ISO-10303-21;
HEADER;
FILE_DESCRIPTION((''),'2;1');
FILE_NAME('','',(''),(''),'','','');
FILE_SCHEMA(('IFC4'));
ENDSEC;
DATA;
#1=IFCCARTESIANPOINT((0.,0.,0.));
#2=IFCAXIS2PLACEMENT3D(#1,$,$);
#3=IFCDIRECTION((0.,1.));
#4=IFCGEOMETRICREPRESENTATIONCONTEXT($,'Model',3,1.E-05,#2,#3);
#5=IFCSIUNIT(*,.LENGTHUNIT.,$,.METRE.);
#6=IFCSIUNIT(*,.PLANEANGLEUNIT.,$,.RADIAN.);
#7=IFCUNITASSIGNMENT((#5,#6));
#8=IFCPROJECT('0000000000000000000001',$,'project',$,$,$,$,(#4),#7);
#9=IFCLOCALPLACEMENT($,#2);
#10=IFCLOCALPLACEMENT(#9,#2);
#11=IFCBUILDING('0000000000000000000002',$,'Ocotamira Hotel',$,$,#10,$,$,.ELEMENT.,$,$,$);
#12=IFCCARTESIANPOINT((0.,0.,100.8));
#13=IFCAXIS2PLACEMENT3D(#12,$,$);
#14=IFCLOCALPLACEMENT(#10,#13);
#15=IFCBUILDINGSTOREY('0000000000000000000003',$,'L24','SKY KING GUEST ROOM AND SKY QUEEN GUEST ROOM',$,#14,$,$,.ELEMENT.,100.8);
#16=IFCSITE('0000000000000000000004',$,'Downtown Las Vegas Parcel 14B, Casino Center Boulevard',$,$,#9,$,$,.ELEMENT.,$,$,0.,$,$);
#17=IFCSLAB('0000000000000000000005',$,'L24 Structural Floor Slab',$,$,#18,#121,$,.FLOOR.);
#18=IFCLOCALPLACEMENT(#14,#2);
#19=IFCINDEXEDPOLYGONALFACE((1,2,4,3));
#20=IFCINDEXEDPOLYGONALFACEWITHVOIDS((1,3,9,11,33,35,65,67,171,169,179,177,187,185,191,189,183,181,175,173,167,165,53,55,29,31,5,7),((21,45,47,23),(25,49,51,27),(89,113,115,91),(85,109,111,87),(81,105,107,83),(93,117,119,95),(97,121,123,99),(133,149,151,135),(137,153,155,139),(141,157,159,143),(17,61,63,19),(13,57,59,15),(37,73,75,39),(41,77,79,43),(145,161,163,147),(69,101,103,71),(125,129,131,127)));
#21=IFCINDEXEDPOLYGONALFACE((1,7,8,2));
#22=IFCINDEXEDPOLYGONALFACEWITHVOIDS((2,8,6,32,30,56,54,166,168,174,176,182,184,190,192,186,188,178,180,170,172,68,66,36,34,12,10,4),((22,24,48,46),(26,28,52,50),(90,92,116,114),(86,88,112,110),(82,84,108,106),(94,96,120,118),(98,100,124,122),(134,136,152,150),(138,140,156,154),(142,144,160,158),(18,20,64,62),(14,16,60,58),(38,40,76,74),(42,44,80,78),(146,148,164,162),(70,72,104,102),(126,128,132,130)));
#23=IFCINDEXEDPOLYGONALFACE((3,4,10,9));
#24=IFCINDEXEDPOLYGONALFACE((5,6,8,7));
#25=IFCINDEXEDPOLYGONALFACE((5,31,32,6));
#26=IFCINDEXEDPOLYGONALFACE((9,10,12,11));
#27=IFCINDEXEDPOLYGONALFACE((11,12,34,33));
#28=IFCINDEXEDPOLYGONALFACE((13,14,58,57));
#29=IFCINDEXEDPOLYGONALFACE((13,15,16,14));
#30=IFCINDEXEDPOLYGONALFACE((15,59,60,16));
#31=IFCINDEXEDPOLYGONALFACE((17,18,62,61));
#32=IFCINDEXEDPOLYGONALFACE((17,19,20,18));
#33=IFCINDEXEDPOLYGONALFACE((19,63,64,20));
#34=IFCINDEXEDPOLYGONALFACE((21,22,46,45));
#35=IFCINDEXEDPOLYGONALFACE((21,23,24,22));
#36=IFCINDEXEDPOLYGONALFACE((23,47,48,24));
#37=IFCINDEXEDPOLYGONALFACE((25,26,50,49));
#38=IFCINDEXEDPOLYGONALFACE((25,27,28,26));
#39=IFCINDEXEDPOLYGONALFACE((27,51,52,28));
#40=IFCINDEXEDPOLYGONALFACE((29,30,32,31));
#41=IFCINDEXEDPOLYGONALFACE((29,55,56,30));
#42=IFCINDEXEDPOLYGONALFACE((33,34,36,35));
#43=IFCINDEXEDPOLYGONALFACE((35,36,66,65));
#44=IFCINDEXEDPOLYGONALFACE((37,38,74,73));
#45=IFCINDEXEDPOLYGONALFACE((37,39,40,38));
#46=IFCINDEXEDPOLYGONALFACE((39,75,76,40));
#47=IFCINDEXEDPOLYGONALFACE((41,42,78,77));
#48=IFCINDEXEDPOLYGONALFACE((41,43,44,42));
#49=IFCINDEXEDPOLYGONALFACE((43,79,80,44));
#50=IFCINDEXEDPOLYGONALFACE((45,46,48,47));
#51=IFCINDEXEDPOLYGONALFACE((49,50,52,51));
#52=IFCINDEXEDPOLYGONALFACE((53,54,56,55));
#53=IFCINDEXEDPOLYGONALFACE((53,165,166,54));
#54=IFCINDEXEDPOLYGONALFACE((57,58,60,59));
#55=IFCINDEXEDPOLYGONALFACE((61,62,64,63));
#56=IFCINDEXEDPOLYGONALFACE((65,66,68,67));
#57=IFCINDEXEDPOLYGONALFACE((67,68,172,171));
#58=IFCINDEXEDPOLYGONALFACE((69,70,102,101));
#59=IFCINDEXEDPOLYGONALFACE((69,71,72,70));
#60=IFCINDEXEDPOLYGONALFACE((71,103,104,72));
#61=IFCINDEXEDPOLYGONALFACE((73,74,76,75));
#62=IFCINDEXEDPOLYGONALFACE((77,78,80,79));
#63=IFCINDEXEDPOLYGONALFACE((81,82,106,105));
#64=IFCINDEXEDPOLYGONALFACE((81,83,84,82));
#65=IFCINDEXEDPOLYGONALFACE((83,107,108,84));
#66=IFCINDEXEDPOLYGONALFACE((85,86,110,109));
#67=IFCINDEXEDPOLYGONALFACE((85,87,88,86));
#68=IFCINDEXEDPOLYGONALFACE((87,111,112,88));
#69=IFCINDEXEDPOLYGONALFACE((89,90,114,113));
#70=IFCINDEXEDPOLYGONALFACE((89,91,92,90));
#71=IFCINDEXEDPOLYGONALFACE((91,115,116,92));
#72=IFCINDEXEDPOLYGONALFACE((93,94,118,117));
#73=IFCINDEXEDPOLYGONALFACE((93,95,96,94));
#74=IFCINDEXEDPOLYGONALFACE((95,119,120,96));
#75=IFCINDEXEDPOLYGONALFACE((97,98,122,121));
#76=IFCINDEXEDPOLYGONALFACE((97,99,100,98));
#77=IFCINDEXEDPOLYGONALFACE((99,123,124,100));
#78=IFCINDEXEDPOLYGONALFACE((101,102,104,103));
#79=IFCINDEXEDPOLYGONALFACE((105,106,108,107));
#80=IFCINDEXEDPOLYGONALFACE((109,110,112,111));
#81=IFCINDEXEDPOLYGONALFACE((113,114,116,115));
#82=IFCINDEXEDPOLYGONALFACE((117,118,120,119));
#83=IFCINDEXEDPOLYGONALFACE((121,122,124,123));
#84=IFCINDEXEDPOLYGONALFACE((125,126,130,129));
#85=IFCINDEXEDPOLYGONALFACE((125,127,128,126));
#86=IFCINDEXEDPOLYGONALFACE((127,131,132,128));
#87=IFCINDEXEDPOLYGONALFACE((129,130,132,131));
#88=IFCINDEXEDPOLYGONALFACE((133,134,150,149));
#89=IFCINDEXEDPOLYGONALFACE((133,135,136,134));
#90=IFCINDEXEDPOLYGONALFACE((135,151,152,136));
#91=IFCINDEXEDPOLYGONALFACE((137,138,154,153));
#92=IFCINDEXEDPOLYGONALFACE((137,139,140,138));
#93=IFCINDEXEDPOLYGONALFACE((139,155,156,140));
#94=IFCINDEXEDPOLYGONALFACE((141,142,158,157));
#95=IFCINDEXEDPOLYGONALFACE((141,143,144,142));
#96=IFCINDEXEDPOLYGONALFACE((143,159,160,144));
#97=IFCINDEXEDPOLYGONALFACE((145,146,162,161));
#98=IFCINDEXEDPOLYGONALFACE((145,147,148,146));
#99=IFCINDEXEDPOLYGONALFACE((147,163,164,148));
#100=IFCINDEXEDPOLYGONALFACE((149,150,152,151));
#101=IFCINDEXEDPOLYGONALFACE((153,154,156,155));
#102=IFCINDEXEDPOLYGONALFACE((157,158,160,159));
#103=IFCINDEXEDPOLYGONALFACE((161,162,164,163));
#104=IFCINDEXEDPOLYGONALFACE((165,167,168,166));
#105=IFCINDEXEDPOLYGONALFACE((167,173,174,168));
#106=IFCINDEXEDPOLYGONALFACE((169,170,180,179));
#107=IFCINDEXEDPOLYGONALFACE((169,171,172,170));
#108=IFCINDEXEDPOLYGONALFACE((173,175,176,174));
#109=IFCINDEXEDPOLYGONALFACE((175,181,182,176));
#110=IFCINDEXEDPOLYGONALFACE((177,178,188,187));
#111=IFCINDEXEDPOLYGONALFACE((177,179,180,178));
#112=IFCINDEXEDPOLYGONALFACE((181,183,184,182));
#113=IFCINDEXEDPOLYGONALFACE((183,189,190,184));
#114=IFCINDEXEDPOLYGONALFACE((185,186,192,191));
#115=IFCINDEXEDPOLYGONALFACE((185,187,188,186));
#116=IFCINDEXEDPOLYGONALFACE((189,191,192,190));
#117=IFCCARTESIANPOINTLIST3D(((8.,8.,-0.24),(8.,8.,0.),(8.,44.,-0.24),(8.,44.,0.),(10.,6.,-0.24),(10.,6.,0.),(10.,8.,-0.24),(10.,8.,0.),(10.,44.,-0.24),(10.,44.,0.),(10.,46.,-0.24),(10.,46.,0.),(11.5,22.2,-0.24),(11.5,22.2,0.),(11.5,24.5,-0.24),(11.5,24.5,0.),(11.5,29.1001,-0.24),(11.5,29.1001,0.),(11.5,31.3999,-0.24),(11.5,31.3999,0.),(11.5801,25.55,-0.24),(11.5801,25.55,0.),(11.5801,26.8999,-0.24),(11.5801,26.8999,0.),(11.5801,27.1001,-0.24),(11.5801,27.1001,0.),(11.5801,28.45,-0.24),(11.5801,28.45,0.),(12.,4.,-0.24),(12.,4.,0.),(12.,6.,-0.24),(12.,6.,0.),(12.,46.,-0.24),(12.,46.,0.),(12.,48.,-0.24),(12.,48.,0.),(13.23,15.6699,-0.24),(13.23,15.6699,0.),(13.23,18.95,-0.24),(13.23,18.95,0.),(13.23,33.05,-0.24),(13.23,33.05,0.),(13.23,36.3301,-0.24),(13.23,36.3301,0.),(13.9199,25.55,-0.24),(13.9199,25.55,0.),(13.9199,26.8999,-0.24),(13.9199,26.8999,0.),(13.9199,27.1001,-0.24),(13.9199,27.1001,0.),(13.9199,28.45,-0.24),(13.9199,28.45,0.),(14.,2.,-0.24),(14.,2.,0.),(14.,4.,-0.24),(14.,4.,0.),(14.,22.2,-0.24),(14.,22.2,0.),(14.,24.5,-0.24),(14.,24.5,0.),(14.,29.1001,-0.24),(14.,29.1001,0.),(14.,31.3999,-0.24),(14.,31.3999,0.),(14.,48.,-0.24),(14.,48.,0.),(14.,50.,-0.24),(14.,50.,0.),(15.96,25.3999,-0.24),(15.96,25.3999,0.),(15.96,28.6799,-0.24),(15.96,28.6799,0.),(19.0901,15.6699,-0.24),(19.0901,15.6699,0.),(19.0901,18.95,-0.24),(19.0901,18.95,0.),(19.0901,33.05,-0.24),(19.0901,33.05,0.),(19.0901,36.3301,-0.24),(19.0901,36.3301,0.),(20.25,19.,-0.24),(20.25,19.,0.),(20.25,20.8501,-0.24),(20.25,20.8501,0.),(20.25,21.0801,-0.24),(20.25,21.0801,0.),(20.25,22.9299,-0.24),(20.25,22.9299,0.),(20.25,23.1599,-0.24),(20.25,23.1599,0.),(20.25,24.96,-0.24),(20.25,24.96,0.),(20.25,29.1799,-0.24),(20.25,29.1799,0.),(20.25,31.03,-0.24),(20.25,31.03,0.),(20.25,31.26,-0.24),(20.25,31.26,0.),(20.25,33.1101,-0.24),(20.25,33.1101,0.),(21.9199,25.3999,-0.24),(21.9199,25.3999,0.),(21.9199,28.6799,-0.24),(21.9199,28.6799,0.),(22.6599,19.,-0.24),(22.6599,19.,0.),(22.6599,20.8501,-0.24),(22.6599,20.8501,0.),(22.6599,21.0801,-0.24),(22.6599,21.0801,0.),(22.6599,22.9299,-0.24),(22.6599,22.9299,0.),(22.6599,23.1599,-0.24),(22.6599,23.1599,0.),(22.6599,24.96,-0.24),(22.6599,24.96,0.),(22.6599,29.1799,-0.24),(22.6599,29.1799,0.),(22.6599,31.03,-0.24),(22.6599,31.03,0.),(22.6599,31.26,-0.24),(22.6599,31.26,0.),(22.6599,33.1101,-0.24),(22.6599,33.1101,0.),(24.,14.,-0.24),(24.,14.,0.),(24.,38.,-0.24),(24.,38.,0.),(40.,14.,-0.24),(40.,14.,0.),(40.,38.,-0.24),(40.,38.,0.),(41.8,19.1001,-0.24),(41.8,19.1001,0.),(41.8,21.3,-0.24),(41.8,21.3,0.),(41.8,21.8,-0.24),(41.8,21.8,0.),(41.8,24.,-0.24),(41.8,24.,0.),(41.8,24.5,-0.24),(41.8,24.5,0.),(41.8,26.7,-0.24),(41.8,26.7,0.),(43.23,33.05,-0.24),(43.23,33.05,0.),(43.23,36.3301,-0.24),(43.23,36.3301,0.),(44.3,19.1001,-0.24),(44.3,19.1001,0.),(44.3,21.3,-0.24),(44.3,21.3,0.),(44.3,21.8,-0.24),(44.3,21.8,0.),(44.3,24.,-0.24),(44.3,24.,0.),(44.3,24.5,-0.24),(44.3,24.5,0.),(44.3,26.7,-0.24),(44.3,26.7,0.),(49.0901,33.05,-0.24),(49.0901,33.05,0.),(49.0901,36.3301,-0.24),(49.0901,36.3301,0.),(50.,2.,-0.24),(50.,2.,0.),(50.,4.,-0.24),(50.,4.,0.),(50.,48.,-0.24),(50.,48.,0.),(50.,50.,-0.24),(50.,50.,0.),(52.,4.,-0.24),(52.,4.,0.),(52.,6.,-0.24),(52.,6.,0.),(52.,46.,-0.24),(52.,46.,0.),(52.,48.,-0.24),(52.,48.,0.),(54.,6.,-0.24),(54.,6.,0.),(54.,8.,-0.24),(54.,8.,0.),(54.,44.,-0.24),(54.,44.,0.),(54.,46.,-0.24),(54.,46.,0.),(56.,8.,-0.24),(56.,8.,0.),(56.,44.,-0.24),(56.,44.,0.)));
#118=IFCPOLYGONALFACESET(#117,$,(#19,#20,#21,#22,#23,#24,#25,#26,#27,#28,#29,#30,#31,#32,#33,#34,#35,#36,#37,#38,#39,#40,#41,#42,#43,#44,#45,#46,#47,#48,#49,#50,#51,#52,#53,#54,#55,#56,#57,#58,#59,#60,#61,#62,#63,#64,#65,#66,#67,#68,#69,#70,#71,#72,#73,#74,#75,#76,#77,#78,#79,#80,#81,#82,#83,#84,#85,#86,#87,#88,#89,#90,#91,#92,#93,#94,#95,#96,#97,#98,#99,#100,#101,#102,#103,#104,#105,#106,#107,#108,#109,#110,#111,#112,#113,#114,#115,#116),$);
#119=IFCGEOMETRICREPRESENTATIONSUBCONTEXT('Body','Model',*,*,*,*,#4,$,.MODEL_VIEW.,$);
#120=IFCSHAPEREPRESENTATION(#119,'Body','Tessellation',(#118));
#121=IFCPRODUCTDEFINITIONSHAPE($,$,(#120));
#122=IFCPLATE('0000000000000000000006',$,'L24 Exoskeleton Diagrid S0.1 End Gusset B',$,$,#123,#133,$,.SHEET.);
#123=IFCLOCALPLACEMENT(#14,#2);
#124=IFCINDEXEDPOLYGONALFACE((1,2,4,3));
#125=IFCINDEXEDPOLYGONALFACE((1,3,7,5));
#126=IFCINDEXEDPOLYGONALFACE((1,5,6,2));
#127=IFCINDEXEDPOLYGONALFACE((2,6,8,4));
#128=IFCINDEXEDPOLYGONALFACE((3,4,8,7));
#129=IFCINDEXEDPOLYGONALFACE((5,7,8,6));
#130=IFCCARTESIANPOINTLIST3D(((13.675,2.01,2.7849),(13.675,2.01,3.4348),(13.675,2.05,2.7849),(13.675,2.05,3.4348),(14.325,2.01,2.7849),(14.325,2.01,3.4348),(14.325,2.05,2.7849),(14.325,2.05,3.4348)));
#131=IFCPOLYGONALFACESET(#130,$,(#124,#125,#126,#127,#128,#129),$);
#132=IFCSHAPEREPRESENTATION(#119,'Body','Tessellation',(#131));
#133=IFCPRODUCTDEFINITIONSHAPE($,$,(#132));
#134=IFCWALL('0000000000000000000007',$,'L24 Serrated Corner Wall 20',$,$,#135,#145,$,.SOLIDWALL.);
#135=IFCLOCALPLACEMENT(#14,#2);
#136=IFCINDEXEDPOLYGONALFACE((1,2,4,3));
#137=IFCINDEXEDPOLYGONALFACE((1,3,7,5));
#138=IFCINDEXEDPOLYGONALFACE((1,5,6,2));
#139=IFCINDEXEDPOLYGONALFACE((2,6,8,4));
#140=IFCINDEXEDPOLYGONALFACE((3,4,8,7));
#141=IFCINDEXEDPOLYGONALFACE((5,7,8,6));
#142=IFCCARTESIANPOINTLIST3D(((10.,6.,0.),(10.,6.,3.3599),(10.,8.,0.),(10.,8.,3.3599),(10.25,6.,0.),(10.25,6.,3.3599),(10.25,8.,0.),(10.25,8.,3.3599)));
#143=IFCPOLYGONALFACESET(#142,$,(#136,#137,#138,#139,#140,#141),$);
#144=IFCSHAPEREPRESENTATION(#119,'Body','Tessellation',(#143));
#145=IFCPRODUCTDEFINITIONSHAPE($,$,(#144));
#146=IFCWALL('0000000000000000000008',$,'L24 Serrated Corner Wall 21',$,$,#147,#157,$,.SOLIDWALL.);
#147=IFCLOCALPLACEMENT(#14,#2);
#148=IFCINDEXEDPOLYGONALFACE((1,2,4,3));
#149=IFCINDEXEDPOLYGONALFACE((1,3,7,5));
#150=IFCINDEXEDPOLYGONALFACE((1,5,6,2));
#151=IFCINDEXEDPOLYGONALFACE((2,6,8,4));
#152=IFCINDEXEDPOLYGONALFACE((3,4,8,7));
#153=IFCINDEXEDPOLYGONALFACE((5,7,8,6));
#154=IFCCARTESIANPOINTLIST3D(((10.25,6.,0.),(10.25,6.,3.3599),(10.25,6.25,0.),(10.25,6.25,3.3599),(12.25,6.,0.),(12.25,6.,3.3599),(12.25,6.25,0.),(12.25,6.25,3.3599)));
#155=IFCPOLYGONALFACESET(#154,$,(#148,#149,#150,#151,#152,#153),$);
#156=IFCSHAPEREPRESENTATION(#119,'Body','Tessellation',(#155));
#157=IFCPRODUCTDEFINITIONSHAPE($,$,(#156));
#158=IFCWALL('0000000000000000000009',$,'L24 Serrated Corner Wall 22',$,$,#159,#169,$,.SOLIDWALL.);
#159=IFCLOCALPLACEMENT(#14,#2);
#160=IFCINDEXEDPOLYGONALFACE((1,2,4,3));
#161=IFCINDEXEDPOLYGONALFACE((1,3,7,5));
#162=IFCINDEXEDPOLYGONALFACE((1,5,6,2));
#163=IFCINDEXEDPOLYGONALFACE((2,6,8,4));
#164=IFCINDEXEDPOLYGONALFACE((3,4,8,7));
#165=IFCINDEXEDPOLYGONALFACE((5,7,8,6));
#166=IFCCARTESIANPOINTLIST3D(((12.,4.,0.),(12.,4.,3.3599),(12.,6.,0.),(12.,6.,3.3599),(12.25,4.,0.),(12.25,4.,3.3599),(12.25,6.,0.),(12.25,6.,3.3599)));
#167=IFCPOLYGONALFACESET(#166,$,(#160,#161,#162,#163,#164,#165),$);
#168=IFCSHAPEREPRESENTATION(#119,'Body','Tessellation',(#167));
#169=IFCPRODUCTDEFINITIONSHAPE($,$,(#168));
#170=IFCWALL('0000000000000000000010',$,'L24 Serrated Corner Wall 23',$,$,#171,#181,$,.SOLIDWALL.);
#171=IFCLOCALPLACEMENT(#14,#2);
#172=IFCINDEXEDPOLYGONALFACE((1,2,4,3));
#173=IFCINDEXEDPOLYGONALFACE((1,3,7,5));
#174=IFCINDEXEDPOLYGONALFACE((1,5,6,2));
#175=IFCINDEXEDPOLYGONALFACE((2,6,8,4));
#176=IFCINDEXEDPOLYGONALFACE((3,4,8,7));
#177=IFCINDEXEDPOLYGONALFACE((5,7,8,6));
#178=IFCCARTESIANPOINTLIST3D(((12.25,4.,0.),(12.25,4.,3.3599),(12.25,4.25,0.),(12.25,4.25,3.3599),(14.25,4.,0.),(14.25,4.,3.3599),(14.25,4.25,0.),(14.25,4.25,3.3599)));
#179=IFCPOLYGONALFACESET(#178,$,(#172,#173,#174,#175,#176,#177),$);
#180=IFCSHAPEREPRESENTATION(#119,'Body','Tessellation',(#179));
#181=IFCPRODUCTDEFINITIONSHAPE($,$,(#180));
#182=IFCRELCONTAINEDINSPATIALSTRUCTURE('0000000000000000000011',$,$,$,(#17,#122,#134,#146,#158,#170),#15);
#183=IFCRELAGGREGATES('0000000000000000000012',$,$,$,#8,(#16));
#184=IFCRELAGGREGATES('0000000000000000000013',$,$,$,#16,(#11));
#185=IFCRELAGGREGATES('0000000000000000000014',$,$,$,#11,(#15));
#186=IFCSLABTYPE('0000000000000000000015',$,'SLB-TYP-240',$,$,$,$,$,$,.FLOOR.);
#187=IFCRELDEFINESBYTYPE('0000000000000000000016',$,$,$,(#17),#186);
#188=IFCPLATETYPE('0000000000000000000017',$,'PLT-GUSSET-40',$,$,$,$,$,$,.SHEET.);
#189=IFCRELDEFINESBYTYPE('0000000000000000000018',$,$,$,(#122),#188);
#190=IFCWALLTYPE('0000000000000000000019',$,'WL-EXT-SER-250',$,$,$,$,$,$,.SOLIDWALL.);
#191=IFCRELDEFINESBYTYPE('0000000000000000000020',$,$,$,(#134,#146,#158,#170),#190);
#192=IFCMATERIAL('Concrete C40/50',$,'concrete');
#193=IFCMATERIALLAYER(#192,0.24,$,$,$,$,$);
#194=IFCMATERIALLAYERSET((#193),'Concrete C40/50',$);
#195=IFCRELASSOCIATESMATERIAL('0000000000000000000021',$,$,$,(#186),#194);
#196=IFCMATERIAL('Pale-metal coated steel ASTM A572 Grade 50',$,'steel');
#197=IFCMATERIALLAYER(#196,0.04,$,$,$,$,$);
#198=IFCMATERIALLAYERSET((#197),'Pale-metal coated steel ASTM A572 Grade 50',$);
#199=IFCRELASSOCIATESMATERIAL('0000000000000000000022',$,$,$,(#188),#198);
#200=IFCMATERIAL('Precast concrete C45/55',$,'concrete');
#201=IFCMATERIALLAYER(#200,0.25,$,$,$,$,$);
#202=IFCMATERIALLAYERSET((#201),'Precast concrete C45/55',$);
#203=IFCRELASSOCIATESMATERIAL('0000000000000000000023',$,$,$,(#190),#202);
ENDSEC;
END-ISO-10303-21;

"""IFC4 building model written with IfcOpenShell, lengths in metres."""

from ifc_helpers import new_model, si_unit, direction, frame, frame_2d, origin, origin_2d, place, context, subcontext, project, spatial, polyline, rectangle, outline, extrude, source, transform, mapped, material, layer, layer_set, type_object, element, save


model = new_model("IFC4")

# Units and contexts
model_context = context("Model", 3, precision=1e-05, world=origin(), true_north=direction((0.0, 1.0)))
body_context = subcontext(model_context, "Body", "Model", "MODEL_VIEW")
ifc_project = project(units=[si_unit("LENGTHUNIT", "METRE"), si_unit("PLANEANGLEUNIT", "RADIAN")], contexts=[model_context])

# Site, building, storey
site_placement = place(None, origin())
site = spatial("IfcSite", under=ifc_project, at=site_placement, Name="Downtown Las Vegas Parcel 14B, Casino Center Boulevard", CompositionType="ELEMENT", RefElevation=0.0)
building_placement = place(site_placement, origin())
building = spatial("IfcBuilding", under=site, at=building_placement, Name="Ocotamira Hotel", CompositionType="ELEMENT")
storey_placement = place(building_placement, frame((0.0, 0.0, 100.8)))
storey = spatial("IfcBuildingStorey", under=building, at=storey_placement, Name="L24", Description="SKY KING GUEST ROOM AND SKY QUEEN GUEST ROOM", CompositionType="ELEMENT", Elevation=100.8)

# Shared definitions
ifc_material_1 = material(Name="Concrete C40/50", Category="concrete")

# Slab
ifc_layer_1 = layer(ifc_material_1, 0.24)
ifc_layer_set_1 = layer_set([ifc_layer_1], Name="Concrete C40/50")
slab_type_1 = type_object("IfcSlabType", Name="SLB-TYP-240", PredefinedType="FLOOR", material=ifc_layer_set_1)
slab_1_placement = place(storey_placement, frame((0.0, 0.0, -0.24)))
element("IfcSlab", 1, at=slab_1_placement, inside=storey, type_object=slab_type_1, Name="L24 Structural Floor Slab", PredefinedType="FLOOR", context=body_context, shape_type="SweptSolid", body=[
    extrude(outline(polyline([(14.0, 2.0), (50.0, 2.0), (50.0, 4.0), (52.0, 4.0), (52.0, 6.0), (54.0, 6.0), (54.0, 8.0), (56.0, 8.0), (56.0, 44.0), (54.0, 44.0), (54.0, 46.0), (52.0, 46.0), (52.0, 48.0), (50.0, 48.0), (50.0, 50.0), (14.0, 50.0), (14.0, 48.0), (12.0, 48.0), (12.0, 46.0), (10.0, 46.0), (10.0, 44.0), (8.0, 44.0), (8.0, 8.0), (10.0, 8.0), (10.0, 6.0), (12.0, 6.0), (12.0, 4.0), (14.0, 4.0), (14.0, 2.0)]), holes=[polyline([(24.0, 14.0), (40.0, 14.0), (40.0, 38.0), (24.0, 38.0), (24.0, 14.0)]), polyline([(13.23, 15.6699), (19.0901, 15.6699), (19.0901, 18.95), (13.23, 18.95), (13.23, 15.6699)]), polyline([(13.23, 33.05), (19.0901, 33.05), (19.0901, 36.3301), (13.23, 36.3301), (13.23, 33.05)]), polyline([(15.96, 25.3999), (21.9199, 25.3999), (21.9199, 28.6799), (15.96, 28.6799), (15.96, 25.3999)]), polyline([(43.23, 33.05), (49.0901, 33.05), (49.0901, 36.3301), (43.23, 36.3301), (43.23, 33.05)]), polyline([(41.8, 19.1001), (44.3, 19.1001), (44.3, 21.3), (41.8, 21.3), (41.8, 19.1001)]), polyline([(41.8, 21.8), (44.3, 21.8), (44.3, 24.0), (41.8, 24.0), (41.8, 21.8)]), polyline([(41.8, 24.5), (44.3, 24.5), (44.3, 26.7), (41.8, 26.7), (41.8, 24.5)]), polyline([(20.25, 19.0), (22.6599, 19.0), (22.6599, 20.8501), (20.25, 20.8501), (20.25, 19.0)]), polyline([(20.25, 21.0801), (22.6599, 21.0801), (22.6599, 22.9299), (20.25, 22.9299), (20.25, 21.0801)]), polyline([(20.25, 23.1599), (22.6599, 23.1599), (22.6599, 24.96), (20.25, 24.96), (20.25, 23.1599)]), polyline([(20.25, 29.1799), (22.6599, 29.1799), (22.6599, 31.03), (20.25, 31.03), (20.25, 29.1799)]), polyline([(20.25, 31.26), (22.6599, 31.26), (22.6599, 33.1101), (20.25, 33.1101), (20.25, 31.26)]), polyline([(11.5, 22.2), (14.0, 22.2), (14.0, 24.5), (11.5, 24.5), (11.5, 22.2)]), polyline([(11.5, 29.1001), (14.0, 29.1001), (14.0, 31.3999), (11.5, 31.3999), (11.5, 29.1001)]), polyline([(11.5801, 25.55), (13.9199, 25.55), (13.9199, 26.8999), (11.5801, 26.8999), (11.5801, 25.55)]), polyline([(11.5801, 27.1001), (13.9199, 27.1001), (13.9199, 28.45), (11.5801, 28.45), (11.5801, 27.1001)])]), origin(), (0.0, 0.0, 1.0), 0.24),
])

# Plate
ifc_material_2 = material(Name="Pale-metal coated steel ASTM A572 Grade 50", Category="steel")
ifc_layer_2 = layer(ifc_material_2, 0.04)
ifc_layer_set_2 = layer_set([ifc_layer_2], Name="Pale-metal coated steel ASTM A572 Grade 50")
plate_type = type_object("IfcPlateType", Name="PLT-GUSSET-40", PredefinedType="SHEET", material=ifc_layer_set_2)
shared_shape_1 = source(origin(), body_context, "Body", "SweptSolid", [
    extrude(rectangle(XDim=0.6499, YDim=0.04, at=origin_2d()), origin(), (0.0, 0.0, 1.0), 0.6499),
])
plate_placement = place(storey_placement, frame((14.0, 2.03, 2.7849), z_axis=(0.0, 0.0, 1.0), x_axis=(-1.0, 0.0, 0.0)))
element("IfcPlate", 2, at=plate_placement, inside=storey, type_object=plate_type, Name="L24 Exoskeleton Diagrid S0.1 End Gusset B", PredefinedType="SHEET", context=body_context, shape_type="MappedRepresentation", body=[
    mapped(shared_shape_1, transform((0.0, 0.0, 0.0), scale=1.0)),
])

# Walls
ifc_material_3 = material(Name="Precast concrete C45/55", Category="concrete")
ifc_layer_3 = layer(ifc_material_3, 0.25)
ifc_layer_set_3 = layer_set([ifc_layer_3], Name="Precast concrete C45/55")
wall_type = type_object("IfcWallType", Name="WL-EXT-SER-250", PredefinedType="SOLIDWALL", material=ifc_layer_set_3)
for number, where, z_axis, x_axis, name in (
    (3, (10.125, 8.0, 0.0), (0.0, 0.0, 1.0), (0.0, -1.0, 0.0), "L24 Serrated Corner Wall 20"),
    (4, (10.25, 6.125, 0.0), (0.0, 0.0, 1.0), (1.0, 0.0, 0.0), "L24 Serrated Corner Wall 21"),
    (5, (12.125, 6.0, 0.0), (0.0, 0.0, 1.0), (0.0, -1.0, 0.0), "L24 Serrated Corner Wall 22"),
    (6, (12.25, 4.125, 0.0), (0.0, 0.0, 1.0), (1.0, 0.0, 0.0), "L24 Serrated Corner Wall 23"),
):
    element("IfcWall", number, at=place(storey_placement, frame(where, z_axis=z_axis, x_axis=x_axis)), inside=storey, type_object=wall_type, Name=name, PredefinedType="SOLIDWALL", context=body_context, shape_type="SweptSolid", body=[
        extrude(rectangle(XDim=2.0, YDim=0.25, at=frame_2d((1.0, 0.0))), origin(), (0.0, 0.0, 1.0), 3.3599),
    ])

save(model, "model.ifc")
